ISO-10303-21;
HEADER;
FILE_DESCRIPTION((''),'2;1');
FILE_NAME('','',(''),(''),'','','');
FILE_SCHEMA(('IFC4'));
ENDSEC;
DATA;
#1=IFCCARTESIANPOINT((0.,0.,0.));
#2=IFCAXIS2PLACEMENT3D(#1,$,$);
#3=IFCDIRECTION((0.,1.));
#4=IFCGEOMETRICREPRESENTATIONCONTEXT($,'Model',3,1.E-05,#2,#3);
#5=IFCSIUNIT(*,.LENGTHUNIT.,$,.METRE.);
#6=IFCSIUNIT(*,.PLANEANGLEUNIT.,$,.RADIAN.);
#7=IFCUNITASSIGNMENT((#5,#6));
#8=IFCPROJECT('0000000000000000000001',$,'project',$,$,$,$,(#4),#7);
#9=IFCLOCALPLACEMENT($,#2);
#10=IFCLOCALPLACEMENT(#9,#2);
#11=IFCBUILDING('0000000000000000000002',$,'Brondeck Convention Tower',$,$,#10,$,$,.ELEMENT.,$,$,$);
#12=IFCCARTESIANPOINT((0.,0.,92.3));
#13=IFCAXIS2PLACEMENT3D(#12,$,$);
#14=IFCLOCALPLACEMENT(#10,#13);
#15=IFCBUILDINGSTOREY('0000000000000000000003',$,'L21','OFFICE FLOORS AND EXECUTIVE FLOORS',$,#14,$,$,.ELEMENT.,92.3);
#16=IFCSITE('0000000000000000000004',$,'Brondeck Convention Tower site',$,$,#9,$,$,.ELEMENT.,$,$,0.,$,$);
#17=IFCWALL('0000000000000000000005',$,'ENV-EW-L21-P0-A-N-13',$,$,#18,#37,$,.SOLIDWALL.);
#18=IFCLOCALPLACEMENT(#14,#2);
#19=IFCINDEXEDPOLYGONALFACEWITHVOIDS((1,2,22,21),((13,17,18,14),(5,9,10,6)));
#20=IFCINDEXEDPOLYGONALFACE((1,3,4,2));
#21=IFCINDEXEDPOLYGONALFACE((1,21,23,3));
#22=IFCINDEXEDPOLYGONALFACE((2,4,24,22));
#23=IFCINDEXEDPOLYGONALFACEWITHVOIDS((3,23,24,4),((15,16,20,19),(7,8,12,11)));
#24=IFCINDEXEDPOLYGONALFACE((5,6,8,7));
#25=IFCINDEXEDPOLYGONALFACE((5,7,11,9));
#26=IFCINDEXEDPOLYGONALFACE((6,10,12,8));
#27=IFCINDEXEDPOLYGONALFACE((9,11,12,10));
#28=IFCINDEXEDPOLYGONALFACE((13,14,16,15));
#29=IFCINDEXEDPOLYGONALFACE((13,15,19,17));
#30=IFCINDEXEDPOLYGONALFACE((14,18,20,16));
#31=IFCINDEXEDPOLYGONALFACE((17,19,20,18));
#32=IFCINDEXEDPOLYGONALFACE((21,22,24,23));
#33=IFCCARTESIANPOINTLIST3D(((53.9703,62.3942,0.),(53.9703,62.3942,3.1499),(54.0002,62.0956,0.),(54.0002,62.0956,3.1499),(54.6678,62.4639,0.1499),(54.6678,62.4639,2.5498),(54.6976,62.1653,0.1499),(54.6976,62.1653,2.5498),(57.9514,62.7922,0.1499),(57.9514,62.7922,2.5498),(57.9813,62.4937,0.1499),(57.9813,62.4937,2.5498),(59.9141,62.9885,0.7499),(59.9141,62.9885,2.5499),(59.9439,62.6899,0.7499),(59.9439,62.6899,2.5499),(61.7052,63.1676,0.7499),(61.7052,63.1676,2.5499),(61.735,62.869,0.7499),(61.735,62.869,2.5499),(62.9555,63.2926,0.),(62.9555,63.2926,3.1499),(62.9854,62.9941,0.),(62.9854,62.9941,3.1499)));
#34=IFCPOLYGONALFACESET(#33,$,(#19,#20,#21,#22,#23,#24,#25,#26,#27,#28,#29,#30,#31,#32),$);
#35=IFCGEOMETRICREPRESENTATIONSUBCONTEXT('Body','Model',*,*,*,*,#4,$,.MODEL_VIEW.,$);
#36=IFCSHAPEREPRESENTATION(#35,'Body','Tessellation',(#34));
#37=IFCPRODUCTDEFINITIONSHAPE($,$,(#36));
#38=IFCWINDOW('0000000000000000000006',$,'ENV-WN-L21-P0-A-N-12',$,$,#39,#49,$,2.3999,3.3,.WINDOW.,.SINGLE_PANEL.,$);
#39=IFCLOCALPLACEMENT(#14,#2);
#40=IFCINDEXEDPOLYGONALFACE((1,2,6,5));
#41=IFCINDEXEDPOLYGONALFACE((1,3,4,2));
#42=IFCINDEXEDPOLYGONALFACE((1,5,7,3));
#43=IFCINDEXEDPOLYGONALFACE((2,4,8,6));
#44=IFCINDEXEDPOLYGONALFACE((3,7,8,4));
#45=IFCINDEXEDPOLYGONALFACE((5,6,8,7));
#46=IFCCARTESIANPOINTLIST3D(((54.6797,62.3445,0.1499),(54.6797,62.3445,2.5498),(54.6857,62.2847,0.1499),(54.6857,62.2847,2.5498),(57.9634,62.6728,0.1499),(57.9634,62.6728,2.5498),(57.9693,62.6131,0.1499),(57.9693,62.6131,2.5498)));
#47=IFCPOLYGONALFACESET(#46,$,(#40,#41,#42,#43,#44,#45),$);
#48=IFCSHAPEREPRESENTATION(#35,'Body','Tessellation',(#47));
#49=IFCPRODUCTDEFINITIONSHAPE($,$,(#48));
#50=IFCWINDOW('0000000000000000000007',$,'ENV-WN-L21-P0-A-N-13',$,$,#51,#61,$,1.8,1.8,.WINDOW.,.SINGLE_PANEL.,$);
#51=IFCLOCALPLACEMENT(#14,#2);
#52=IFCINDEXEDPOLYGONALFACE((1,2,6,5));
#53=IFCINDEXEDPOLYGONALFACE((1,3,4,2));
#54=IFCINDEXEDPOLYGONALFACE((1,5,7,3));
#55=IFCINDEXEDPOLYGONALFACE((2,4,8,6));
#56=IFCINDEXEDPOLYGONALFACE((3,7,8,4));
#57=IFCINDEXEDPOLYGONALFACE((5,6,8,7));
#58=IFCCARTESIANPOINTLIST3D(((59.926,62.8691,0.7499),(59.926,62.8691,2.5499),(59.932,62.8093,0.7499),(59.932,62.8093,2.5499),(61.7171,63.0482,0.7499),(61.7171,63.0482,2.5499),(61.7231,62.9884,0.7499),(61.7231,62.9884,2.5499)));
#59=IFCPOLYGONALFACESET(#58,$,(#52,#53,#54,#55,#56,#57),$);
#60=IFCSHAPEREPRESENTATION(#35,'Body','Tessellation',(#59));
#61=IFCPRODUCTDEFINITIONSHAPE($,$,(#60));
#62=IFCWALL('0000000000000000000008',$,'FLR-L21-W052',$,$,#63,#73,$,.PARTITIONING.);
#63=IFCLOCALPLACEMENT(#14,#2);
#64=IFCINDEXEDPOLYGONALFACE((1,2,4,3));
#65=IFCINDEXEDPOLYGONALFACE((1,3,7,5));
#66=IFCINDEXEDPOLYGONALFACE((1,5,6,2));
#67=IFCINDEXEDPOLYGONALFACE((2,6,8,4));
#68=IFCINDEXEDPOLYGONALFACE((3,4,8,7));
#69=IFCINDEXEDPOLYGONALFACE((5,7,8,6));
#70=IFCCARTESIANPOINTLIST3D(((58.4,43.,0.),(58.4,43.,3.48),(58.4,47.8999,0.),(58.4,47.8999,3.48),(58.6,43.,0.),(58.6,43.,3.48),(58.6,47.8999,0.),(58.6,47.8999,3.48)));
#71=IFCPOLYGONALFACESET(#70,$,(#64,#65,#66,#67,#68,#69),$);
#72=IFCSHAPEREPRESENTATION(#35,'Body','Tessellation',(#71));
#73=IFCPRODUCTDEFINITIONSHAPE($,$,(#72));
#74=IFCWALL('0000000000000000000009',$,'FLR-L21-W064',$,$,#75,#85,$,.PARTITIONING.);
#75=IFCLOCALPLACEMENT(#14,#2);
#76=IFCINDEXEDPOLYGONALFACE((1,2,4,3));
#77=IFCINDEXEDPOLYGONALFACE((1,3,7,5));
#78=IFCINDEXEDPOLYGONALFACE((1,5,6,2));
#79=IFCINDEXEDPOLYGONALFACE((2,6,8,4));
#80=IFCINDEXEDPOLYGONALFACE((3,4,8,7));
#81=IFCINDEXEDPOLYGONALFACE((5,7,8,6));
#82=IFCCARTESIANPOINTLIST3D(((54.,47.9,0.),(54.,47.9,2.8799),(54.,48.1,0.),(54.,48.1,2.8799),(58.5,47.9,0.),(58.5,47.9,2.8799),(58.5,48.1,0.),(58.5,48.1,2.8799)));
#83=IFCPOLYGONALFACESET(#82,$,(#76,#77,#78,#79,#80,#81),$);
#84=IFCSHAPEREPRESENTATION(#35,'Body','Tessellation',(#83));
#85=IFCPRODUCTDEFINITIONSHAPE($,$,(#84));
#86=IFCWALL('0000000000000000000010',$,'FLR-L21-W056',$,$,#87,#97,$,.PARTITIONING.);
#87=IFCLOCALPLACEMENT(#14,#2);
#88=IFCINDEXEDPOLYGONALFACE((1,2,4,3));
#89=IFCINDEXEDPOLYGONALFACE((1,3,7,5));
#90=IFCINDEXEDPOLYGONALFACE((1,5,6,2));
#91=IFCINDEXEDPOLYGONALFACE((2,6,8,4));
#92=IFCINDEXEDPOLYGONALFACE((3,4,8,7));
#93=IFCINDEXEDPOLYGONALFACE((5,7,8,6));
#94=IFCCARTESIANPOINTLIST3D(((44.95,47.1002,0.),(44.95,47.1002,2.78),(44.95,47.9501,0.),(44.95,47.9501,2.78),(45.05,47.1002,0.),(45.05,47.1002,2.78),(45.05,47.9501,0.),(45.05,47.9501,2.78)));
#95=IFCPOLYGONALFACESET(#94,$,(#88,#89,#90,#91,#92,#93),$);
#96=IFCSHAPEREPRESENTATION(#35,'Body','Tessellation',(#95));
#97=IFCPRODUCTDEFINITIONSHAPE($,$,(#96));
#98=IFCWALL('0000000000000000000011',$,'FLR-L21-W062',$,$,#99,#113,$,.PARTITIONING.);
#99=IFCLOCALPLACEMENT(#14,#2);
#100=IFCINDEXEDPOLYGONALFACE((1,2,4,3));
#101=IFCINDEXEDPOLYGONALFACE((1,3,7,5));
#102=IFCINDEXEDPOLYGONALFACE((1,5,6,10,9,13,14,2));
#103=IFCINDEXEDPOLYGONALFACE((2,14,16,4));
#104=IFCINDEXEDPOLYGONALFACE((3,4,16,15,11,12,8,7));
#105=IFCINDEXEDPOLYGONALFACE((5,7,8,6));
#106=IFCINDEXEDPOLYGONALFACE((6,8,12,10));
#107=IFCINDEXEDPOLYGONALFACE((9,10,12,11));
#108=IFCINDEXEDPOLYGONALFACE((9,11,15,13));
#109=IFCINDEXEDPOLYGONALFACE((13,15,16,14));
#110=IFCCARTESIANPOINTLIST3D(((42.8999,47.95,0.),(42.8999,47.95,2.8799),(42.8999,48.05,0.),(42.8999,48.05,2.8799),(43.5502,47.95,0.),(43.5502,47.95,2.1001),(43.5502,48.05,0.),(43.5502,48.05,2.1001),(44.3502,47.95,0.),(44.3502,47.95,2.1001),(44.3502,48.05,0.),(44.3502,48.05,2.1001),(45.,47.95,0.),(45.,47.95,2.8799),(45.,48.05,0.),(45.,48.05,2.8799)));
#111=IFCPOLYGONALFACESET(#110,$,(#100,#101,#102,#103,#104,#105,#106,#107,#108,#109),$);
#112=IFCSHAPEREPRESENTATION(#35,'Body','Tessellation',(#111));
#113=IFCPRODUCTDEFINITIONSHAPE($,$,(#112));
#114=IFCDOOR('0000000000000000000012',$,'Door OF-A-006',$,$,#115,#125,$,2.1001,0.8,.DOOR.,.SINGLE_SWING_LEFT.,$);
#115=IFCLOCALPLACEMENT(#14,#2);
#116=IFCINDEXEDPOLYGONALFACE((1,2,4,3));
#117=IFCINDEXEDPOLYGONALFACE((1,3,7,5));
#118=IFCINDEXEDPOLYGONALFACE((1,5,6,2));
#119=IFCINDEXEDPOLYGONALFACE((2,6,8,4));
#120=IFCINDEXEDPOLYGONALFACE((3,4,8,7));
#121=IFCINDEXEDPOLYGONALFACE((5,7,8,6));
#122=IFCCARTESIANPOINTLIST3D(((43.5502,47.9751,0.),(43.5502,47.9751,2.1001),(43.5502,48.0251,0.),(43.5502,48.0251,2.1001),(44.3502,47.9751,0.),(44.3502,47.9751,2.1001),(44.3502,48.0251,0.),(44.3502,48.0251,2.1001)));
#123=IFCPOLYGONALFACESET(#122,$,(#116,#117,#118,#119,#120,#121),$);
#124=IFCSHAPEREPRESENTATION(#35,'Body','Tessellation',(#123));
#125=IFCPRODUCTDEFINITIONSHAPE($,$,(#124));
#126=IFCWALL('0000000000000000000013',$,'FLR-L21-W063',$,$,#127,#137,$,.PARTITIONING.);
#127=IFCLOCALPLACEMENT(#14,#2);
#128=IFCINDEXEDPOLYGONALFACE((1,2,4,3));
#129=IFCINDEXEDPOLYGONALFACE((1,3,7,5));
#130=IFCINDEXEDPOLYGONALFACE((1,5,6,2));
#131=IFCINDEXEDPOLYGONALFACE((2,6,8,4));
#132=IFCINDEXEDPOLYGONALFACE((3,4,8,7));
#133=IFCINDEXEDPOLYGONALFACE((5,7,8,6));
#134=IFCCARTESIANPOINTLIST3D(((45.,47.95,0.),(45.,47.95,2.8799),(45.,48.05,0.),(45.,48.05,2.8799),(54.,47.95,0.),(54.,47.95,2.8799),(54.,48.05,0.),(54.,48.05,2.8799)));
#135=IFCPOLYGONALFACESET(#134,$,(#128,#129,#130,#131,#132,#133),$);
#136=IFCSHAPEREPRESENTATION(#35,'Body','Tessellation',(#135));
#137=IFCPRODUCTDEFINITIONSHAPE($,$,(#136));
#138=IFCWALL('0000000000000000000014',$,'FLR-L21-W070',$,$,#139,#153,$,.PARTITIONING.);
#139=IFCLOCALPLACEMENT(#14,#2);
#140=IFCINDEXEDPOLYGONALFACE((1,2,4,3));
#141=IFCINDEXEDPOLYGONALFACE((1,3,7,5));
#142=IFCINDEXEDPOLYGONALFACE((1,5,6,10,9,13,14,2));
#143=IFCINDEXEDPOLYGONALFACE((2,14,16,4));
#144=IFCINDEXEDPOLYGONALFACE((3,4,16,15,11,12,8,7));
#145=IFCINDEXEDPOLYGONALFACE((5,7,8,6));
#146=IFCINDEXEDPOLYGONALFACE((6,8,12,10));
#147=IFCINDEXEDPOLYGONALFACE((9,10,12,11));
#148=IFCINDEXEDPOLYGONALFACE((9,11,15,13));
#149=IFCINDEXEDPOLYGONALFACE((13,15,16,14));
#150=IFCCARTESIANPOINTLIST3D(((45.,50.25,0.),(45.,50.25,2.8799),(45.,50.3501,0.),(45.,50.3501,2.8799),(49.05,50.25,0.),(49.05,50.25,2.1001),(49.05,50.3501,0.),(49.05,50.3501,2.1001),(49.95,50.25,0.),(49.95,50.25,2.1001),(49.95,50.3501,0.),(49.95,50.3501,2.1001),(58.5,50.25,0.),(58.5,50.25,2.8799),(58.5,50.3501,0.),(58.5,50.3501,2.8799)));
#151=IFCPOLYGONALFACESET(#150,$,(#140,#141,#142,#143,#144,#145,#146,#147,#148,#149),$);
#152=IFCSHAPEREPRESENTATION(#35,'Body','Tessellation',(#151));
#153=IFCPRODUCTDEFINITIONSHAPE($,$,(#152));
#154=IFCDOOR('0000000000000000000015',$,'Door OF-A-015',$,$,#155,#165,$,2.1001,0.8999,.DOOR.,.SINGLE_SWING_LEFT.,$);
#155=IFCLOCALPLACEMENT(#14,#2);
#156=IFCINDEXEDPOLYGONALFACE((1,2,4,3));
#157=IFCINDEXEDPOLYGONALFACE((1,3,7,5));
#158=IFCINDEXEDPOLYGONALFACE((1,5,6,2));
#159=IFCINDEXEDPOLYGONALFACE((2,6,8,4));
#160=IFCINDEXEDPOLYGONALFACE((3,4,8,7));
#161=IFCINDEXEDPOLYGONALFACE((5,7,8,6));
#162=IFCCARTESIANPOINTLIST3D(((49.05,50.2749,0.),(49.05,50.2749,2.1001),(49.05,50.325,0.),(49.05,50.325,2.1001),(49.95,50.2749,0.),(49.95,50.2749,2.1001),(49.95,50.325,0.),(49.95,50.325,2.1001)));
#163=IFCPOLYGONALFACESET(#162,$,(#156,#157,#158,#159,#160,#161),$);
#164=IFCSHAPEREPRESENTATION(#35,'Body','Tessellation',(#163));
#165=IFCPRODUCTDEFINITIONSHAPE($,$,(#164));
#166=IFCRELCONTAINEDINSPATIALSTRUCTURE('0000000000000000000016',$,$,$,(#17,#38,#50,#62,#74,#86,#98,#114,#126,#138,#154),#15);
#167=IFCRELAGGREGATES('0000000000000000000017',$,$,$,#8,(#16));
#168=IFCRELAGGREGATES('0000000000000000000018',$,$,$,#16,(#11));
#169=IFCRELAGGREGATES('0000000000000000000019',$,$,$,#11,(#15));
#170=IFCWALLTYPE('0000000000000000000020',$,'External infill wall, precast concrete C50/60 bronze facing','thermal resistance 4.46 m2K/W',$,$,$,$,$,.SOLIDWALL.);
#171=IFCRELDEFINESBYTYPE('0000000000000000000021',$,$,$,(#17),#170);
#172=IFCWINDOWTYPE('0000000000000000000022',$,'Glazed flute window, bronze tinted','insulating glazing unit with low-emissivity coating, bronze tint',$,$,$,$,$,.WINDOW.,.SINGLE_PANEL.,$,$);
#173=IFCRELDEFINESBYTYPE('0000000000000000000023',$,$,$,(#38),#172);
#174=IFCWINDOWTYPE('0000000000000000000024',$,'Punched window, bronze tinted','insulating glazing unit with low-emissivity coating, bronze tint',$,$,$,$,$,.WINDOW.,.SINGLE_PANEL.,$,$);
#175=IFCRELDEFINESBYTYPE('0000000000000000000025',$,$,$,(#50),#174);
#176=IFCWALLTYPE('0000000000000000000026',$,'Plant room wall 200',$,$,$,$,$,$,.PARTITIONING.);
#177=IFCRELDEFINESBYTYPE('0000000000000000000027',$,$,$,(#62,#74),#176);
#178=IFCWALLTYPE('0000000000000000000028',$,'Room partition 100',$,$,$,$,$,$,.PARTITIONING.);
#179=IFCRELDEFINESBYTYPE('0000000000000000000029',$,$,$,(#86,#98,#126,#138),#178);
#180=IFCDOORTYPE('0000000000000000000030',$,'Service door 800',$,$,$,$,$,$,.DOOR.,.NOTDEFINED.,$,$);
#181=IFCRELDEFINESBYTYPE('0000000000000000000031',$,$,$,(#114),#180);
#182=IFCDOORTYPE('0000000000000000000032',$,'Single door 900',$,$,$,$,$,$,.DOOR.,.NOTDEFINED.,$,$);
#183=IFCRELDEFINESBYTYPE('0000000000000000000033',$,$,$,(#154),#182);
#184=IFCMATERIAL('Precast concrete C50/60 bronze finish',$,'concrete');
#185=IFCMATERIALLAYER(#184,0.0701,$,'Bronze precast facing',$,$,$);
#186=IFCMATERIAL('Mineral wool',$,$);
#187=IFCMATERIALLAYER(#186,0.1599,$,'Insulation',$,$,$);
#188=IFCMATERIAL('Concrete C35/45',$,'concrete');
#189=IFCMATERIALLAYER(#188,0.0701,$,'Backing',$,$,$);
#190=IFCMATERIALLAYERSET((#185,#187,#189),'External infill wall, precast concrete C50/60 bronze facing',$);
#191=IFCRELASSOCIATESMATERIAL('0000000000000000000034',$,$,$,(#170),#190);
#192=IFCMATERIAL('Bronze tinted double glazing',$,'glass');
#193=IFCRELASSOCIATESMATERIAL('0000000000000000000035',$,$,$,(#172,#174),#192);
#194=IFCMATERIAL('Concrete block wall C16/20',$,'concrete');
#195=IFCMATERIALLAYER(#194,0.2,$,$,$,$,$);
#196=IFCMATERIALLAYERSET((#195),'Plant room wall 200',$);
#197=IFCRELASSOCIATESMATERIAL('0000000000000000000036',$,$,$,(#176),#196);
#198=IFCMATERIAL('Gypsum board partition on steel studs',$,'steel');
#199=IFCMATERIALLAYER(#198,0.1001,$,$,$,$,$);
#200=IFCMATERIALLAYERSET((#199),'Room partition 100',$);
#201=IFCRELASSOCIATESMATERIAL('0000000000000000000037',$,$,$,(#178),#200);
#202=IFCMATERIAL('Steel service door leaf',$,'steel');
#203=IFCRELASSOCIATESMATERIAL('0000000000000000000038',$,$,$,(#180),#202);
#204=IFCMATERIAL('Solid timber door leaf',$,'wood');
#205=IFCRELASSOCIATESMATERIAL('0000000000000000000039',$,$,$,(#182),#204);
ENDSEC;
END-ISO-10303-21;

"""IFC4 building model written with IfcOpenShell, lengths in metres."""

from ifc_helpers import new_model, si_unit, direction, frame, frame_2d, origin, place, context, subcontext, project, spatial, rectangle, extrude, material, layer, layer_set, type_object, element, fill, save


model = new_model("IFC4")

# Units and contexts
model_context = context("Model", 3, precision=1e-05, world=origin(), true_north=direction((0.0, 1.0)))
body_context = subcontext(model_context, "Body", "Model", "MODEL_VIEW")
ifc_project = project(units=[si_unit("LENGTHUNIT", "METRE"), si_unit("PLANEANGLEUNIT", "RADIAN")], contexts=[model_context])

# Site, building, storey
site_placement = place(None, origin())
site = spatial("IfcSite", under=ifc_project, at=site_placement, Name="Brondeck Convention Tower site", CompositionType="ELEMENT", RefElevation=0.0)
building_placement = place(site_placement, origin())
building = spatial("IfcBuilding", under=site, at=building_placement, Name="Brondeck Convention Tower", CompositionType="ELEMENT")
storey_placement = place(building_placement, frame((0.0, 0.0, 92.3)))
storey = spatial("IfcBuildingStorey", under=building, at=storey_placement, Name="L21", Description="OFFICE FLOORS AND EXECUTIVE FLOORS", CompositionType="ELEMENT", Elevation=92.3)

# Wall, openings, windows
ifc_material_1 = material(Name="Precast concrete C50/60 bronze finish", Category="concrete")
ifc_layer_1 = layer(ifc_material_1, 0.0701, Name="Bronze precast facing")
ifc_material_2 = material(Name="Mineral wool")
ifc_layer_2 = layer(ifc_material_2, 0.1599, Name="Insulation")
ifc_material_3 = material(Name="Concrete C35/45", Category="concrete")
ifc_layer_3 = layer(ifc_material_3, 0.0701, Name="Backing")
ifc_layer_set_1 = layer_set([ifc_layer_1, ifc_layer_2, ifc_layer_3], Name="External infill wall, precast concrete C50/60 bronze facing")
wall_type_1 = type_object("IfcWallType", Name="External infill wall, precast concrete C50/60 bronze facing", Description="thermal resistance 4.46 m2K/W", PredefinedType="SOLIDWALL", material=ifc_layer_set_1)
wall_1_placement = place(storey_placement, frame((53.9851, 62.2449, 0.0), z_axis=(0.0, 0.0, 1.0), x_axis=(0.995038, 0.099496, 0.0)))
wall_1 = element("IfcWall", 1, at=wall_1_placement, inside=storey, type_object=wall_type_1, Name="ENV-EW-L21-P0-A-N-13", PredefinedType="SOLIDWALL", context=body_context, shape_type="SweptSolid", body=[
    extrude(rectangle(XDim=9.03, YDim=0.3, at=frame_2d((4.5151, 0.0))), origin(), (0.0, 0.0, 1.0), 3.1499),
])
opening_1_placement = place(wall_1_placement, frame((0.7012, 0.0, 0.1499)))
opening_1 = element("IfcOpeningElement", 2, at=opening_1_placement, cuts=wall_1, PredefinedType="OPENING", context=body_context, shape_type="SweptSolid", body=[
    extrude(rectangle(XDim=3.3, YDim=2.3999, at=frame_2d((1.6499, 1.2))), frame((0.0, 0.1599, 0.0), z_axis=(0.0, -1.0, 0.0), x_axis=(1.0, 0.0, 0.0)), (0.0, 0.0, 1.0), 0.3201),
])
opening_2_placement = place(wall_1_placement, frame((5.9736, 0.0, 0.75)))
opening_2 = element("IfcOpeningElement", 3, at=opening_2_placement, cuts=wall_1, PredefinedType="OPENING", context=body_context, shape_type="SweptSolid", body=[
    extrude(rectangle(XDim=1.8, YDim=1.8, at=frame_2d((0.8999, 0.8999))), frame((0.0, 0.1599, 0.0), z_axis=(0.0, -1.0, 0.0), x_axis=(1.0, 0.0, 0.0)), (0.0, 0.0, 1.0), 0.3201),
])
ifc_material_4 = material(Name="Bronze tinted double glazing", Category="glass")
window_type_1 = type_object("IfcWindowType", Name="Glazed flute window, bronze tinted", Description="insulating glazing unit with low-emissivity coating, bronze tint", PartitioningType="SINGLE_PANEL", PredefinedType="WINDOW", material=ifc_material_4)
window_1_placement = place(opening_1_placement, origin())
window_1 = element("IfcWindow", 4, at=window_1_placement, inside=storey, type_object=window_type_1, Name="ENV-WN-L21-P0-A-N-12", OverallHeight=2.3999, OverallWidth=3.3, PartitioningType="SINGLE_PANEL", PredefinedType="WINDOW", context=body_context, shape_type="SweptSolid", body=[
    extrude(rectangle(XDim=3.3, YDim=2.3999, at=frame_2d((1.6499, 1.2))), frame((0.0, 0.03, 0.0), z_axis=(0.0, -1.0, 0.0), x_axis=(1.0, 0.0, 0.0)), (0.0, 0.0, 1.0), 0.0601),
])
fill(opening_1, window_1)
window_type_2 = type_object("IfcWindowType", Name="Punched window, bronze tinted", Description="insulating glazing unit with low-emissivity coating, bronze tint", PartitioningType="SINGLE_PANEL", PredefinedType="WINDOW", material=ifc_material_4)
window_2_placement = place(opening_2_placement, origin())
window_2 = element("IfcWindow", 5, at=window_2_placement, inside=storey, type_object=window_type_2, Name="ENV-WN-L21-P0-A-N-13", OverallHeight=1.8, OverallWidth=1.8, PartitioningType="SINGLE_PANEL", PredefinedType="WINDOW", context=body_context, shape_type="SweptSolid", body=[
    extrude(rectangle(XDim=1.8, YDim=1.8, at=frame_2d((0.8999, 0.8999))), frame((0.0, 0.03, 0.0), z_axis=(0.0, -1.0, 0.0), x_axis=(1.0, 0.0, 0.0)), (0.0, 0.0, 1.0), 0.0601),
])
fill(opening_2, window_2)

# Walls
ifc_material_5 = material(Name="Concrete block wall C16/20", Category="concrete")
ifc_layer_4 = layer(ifc_material_5, 0.2)
ifc_layer_set_2 = layer_set([ifc_layer_4], Name="Plant room wall 200")
wall_type_2 = type_object("IfcWallType", Name="Plant room wall 200", PredefinedType="PARTITIONING", material=ifc_layer_set_2)
wall_2_placement = place(storey_placement, frame((58.5, 47.8999, 0.0), z_axis=(0.0, 0.0, 1.0), x_axis=(0.0, -1.0, 0.0)))
element("IfcWall", 6, at=wall_2_placement, inside=storey, type_object=wall_type_2, Name="FLR-L21-W052", PredefinedType="PARTITIONING", context=body_context, shape_type="SweptSolid", body=[
    extrude(rectangle(XDim=4.8999, YDim=0.2, at=frame_2d((2.45, 0.0))), origin(), (0.0, 0.0, 1.0), 3.48),
])
wall_3_placement = place(storey_placement, frame((58.5, 48.0, 0.0), z_axis=(0.0, 0.0, 1.0), x_axis=(-1.0, 0.0, 0.0)))
element("IfcWall", 7, at=wall_3_placement, inside=storey, type_object=wall_type_2, Name="FLR-L21-W064", PredefinedType="PARTITIONING", context=body_context, shape_type="SweptSolid", body=[
    extrude(rectangle(XDim=4.5, YDim=0.2, at=frame_2d((2.25, 0.0))), origin(), (0.0, 0.0, 1.0), 2.8799),
])
ifc_material_6 = material(Name="Gypsum board partition on steel studs", Category="steel")
ifc_layer_5 = layer(ifc_material_6, 0.1001)
ifc_layer_set_3 = layer_set([ifc_layer_5], Name="Room partition 100")
wall_type_3 = type_object("IfcWallType", Name="Room partition 100", PredefinedType="PARTITIONING", material=ifc_layer_set_3)
wall_4_placement = place(storey_placement, frame((45.0, 47.95, 0.0), z_axis=(0.0, 0.0, 1.0), x_axis=(0.0, -1.0, 0.0)))
element("IfcWall", 8, at=wall_4_placement, inside=storey, type_object=wall_type_3, Name="FLR-L21-W056", PredefinedType="PARTITIONING", context=body_context, shape_type="SweptSolid", body=[
    extrude(rectangle(XDim=0.8499, YDim=0.1001, at=frame_2d((0.4248, 0.0))), origin(), (0.0, 0.0, 1.0), 2.78),
])

# Wall, opening, door
wall_5_placement = place(storey_placement, frame((45.0, 48.0, 0.0), z_axis=(0.0, 0.0, 1.0), x_axis=(-1.0, 0.0, 0.0)))
wall_5 = element("IfcWall", 9, at=wall_5_placement, inside=storey, type_object=wall_type_3, Name="FLR-L21-W062", PredefinedType="PARTITIONING", context=body_context, shape_type="SweptSolid", body=[
    extrude(rectangle(XDim=2.1001, YDim=0.1001, at=frame_2d((1.05, 0.0))), origin(), (0.0, 0.0, 1.0), 2.8799),
])
opening_3_placement = place(wall_5_placement, frame((0.6499, 0.0, 0.0)))
opening_3 = element("IfcOpeningElement", 10, at=opening_3_placement, cuts=wall_5, PredefinedType="OPENING", context=body_context, shape_type="SweptSolid", body=[
    extrude(rectangle(XDim=0.8, YDim=2.1001, at=frame_2d((0.3999, 1.05))), frame((0.0, 0.0601, 0.0), z_axis=(0.0, -1.0, 0.0), x_axis=(1.0, 0.0, 0.0)), (0.0, 0.0, 1.0), 0.1201),
])
ifc_material_7 = material(Name="Steel service door leaf", Category="steel")
door_type_1 = type_object("IfcDoorType", Name="Service door 800", OperationType="NOTDEFINED", PredefinedType="DOOR", material=ifc_material_7)
door_1_placement = place(opening_3_placement, origin())
door_1 = element("IfcDoor", 11, at=door_1_placement, inside=storey, type_object=door_type_1, Name="Door OF-A-006", OperationType="SINGLE_SWING_LEFT", OverallHeight=2.1001, OverallWidth=0.8, PredefinedType="DOOR", context=body_context, shape_type="SweptSolid", body=[
    extrude(rectangle(XDim=0.8, YDim=2.1001, at=frame_2d((0.3999, 1.05))), frame((0.0, 0.0249, 0.0), z_axis=(0.0, -1.0, 0.0), x_axis=(1.0, 0.0, 0.0)), (0.0, 0.0, 1.0), 0.05),
])
fill(opening_3, door_1)

# Wall
wall_6_placement = place(storey_placement, frame((54.0, 48.0, 0.0), z_axis=(0.0, 0.0, 1.0), x_axis=(-1.0, 0.0, 0.0)))
element("IfcWall", 12, at=wall_6_placement, inside=storey, type_object=wall_type_3, Name="FLR-L21-W063", PredefinedType="PARTITIONING", context=body_context, shape_type="SweptSolid", body=[
    extrude(rectangle(XDim=9.0, YDim=0.1001, at=frame_2d((4.5, 0.0))), origin(), (0.0, 0.0, 1.0), 2.8799),
])

# Wall, opening, door
wall_7_placement = place(storey_placement, frame((45.0, 50.3, 0.0), z_axis=(0.0, 0.0, 1.0), x_axis=(1.0, 0.0, 0.0)))
wall_7 = element("IfcWall", 13, at=wall_7_placement, inside=storey, type_object=wall_type_3, Name="FLR-L21-W070", PredefinedType="PARTITIONING", context=body_context, shape_type="SweptSolid", body=[
    extrude(rectangle(XDim=13.5, YDim=0.1001, at=frame_2d((6.75, 0.0))), origin(), (0.0, 0.0, 1.0), 2.8799),
])
opening_4_placement = place(wall_7_placement, frame((4.05, 0.0, 0.0)))
opening_4 = element("IfcOpeningElement", 14, at=opening_4_placement, cuts=wall_7, PredefinedType="OPENING", context=body_context, shape_type="SweptSolid", body=[
    extrude(rectangle(XDim=0.8999, YDim=2.1001, at=frame_2d((0.45, 1.05))), frame((0.0, 0.0601, 0.0), z_axis=(0.0, -1.0, 0.0), x_axis=(1.0, 0.0, 0.0)), (0.0, 0.0, 1.0), 0.1201),
])
ifc_material_8 = material(Name="Solid timber door leaf", Category="wood")
door_type_2 = type_object("IfcDoorType", Name="Single door 900", OperationType="NOTDEFINED", PredefinedType="DOOR", material=ifc_material_8)
door_2_placement = place(opening_4_placement, origin())
door_2 = element("IfcDoor", 15, at=door_2_placement, inside=storey, type_object=door_type_2, Name="Door OF-A-015", OperationType="SINGLE_SWING_LEFT", OverallHeight=2.1001, OverallWidth=0.8999, PredefinedType="DOOR", context=body_context, shape_type="SweptSolid", body=[
    extrude(rectangle(XDim=0.8999, YDim=2.1001, at=frame_2d((0.45, 1.05))), frame((0.0, 0.0249, 0.0), z_axis=(0.0, -1.0, 0.0), x_axis=(1.0, 0.0, 0.0)), (0.0, 0.0, 1.0), 0.05),
])
fill(opening_4, door_2)

save(model, "model.ifc")
